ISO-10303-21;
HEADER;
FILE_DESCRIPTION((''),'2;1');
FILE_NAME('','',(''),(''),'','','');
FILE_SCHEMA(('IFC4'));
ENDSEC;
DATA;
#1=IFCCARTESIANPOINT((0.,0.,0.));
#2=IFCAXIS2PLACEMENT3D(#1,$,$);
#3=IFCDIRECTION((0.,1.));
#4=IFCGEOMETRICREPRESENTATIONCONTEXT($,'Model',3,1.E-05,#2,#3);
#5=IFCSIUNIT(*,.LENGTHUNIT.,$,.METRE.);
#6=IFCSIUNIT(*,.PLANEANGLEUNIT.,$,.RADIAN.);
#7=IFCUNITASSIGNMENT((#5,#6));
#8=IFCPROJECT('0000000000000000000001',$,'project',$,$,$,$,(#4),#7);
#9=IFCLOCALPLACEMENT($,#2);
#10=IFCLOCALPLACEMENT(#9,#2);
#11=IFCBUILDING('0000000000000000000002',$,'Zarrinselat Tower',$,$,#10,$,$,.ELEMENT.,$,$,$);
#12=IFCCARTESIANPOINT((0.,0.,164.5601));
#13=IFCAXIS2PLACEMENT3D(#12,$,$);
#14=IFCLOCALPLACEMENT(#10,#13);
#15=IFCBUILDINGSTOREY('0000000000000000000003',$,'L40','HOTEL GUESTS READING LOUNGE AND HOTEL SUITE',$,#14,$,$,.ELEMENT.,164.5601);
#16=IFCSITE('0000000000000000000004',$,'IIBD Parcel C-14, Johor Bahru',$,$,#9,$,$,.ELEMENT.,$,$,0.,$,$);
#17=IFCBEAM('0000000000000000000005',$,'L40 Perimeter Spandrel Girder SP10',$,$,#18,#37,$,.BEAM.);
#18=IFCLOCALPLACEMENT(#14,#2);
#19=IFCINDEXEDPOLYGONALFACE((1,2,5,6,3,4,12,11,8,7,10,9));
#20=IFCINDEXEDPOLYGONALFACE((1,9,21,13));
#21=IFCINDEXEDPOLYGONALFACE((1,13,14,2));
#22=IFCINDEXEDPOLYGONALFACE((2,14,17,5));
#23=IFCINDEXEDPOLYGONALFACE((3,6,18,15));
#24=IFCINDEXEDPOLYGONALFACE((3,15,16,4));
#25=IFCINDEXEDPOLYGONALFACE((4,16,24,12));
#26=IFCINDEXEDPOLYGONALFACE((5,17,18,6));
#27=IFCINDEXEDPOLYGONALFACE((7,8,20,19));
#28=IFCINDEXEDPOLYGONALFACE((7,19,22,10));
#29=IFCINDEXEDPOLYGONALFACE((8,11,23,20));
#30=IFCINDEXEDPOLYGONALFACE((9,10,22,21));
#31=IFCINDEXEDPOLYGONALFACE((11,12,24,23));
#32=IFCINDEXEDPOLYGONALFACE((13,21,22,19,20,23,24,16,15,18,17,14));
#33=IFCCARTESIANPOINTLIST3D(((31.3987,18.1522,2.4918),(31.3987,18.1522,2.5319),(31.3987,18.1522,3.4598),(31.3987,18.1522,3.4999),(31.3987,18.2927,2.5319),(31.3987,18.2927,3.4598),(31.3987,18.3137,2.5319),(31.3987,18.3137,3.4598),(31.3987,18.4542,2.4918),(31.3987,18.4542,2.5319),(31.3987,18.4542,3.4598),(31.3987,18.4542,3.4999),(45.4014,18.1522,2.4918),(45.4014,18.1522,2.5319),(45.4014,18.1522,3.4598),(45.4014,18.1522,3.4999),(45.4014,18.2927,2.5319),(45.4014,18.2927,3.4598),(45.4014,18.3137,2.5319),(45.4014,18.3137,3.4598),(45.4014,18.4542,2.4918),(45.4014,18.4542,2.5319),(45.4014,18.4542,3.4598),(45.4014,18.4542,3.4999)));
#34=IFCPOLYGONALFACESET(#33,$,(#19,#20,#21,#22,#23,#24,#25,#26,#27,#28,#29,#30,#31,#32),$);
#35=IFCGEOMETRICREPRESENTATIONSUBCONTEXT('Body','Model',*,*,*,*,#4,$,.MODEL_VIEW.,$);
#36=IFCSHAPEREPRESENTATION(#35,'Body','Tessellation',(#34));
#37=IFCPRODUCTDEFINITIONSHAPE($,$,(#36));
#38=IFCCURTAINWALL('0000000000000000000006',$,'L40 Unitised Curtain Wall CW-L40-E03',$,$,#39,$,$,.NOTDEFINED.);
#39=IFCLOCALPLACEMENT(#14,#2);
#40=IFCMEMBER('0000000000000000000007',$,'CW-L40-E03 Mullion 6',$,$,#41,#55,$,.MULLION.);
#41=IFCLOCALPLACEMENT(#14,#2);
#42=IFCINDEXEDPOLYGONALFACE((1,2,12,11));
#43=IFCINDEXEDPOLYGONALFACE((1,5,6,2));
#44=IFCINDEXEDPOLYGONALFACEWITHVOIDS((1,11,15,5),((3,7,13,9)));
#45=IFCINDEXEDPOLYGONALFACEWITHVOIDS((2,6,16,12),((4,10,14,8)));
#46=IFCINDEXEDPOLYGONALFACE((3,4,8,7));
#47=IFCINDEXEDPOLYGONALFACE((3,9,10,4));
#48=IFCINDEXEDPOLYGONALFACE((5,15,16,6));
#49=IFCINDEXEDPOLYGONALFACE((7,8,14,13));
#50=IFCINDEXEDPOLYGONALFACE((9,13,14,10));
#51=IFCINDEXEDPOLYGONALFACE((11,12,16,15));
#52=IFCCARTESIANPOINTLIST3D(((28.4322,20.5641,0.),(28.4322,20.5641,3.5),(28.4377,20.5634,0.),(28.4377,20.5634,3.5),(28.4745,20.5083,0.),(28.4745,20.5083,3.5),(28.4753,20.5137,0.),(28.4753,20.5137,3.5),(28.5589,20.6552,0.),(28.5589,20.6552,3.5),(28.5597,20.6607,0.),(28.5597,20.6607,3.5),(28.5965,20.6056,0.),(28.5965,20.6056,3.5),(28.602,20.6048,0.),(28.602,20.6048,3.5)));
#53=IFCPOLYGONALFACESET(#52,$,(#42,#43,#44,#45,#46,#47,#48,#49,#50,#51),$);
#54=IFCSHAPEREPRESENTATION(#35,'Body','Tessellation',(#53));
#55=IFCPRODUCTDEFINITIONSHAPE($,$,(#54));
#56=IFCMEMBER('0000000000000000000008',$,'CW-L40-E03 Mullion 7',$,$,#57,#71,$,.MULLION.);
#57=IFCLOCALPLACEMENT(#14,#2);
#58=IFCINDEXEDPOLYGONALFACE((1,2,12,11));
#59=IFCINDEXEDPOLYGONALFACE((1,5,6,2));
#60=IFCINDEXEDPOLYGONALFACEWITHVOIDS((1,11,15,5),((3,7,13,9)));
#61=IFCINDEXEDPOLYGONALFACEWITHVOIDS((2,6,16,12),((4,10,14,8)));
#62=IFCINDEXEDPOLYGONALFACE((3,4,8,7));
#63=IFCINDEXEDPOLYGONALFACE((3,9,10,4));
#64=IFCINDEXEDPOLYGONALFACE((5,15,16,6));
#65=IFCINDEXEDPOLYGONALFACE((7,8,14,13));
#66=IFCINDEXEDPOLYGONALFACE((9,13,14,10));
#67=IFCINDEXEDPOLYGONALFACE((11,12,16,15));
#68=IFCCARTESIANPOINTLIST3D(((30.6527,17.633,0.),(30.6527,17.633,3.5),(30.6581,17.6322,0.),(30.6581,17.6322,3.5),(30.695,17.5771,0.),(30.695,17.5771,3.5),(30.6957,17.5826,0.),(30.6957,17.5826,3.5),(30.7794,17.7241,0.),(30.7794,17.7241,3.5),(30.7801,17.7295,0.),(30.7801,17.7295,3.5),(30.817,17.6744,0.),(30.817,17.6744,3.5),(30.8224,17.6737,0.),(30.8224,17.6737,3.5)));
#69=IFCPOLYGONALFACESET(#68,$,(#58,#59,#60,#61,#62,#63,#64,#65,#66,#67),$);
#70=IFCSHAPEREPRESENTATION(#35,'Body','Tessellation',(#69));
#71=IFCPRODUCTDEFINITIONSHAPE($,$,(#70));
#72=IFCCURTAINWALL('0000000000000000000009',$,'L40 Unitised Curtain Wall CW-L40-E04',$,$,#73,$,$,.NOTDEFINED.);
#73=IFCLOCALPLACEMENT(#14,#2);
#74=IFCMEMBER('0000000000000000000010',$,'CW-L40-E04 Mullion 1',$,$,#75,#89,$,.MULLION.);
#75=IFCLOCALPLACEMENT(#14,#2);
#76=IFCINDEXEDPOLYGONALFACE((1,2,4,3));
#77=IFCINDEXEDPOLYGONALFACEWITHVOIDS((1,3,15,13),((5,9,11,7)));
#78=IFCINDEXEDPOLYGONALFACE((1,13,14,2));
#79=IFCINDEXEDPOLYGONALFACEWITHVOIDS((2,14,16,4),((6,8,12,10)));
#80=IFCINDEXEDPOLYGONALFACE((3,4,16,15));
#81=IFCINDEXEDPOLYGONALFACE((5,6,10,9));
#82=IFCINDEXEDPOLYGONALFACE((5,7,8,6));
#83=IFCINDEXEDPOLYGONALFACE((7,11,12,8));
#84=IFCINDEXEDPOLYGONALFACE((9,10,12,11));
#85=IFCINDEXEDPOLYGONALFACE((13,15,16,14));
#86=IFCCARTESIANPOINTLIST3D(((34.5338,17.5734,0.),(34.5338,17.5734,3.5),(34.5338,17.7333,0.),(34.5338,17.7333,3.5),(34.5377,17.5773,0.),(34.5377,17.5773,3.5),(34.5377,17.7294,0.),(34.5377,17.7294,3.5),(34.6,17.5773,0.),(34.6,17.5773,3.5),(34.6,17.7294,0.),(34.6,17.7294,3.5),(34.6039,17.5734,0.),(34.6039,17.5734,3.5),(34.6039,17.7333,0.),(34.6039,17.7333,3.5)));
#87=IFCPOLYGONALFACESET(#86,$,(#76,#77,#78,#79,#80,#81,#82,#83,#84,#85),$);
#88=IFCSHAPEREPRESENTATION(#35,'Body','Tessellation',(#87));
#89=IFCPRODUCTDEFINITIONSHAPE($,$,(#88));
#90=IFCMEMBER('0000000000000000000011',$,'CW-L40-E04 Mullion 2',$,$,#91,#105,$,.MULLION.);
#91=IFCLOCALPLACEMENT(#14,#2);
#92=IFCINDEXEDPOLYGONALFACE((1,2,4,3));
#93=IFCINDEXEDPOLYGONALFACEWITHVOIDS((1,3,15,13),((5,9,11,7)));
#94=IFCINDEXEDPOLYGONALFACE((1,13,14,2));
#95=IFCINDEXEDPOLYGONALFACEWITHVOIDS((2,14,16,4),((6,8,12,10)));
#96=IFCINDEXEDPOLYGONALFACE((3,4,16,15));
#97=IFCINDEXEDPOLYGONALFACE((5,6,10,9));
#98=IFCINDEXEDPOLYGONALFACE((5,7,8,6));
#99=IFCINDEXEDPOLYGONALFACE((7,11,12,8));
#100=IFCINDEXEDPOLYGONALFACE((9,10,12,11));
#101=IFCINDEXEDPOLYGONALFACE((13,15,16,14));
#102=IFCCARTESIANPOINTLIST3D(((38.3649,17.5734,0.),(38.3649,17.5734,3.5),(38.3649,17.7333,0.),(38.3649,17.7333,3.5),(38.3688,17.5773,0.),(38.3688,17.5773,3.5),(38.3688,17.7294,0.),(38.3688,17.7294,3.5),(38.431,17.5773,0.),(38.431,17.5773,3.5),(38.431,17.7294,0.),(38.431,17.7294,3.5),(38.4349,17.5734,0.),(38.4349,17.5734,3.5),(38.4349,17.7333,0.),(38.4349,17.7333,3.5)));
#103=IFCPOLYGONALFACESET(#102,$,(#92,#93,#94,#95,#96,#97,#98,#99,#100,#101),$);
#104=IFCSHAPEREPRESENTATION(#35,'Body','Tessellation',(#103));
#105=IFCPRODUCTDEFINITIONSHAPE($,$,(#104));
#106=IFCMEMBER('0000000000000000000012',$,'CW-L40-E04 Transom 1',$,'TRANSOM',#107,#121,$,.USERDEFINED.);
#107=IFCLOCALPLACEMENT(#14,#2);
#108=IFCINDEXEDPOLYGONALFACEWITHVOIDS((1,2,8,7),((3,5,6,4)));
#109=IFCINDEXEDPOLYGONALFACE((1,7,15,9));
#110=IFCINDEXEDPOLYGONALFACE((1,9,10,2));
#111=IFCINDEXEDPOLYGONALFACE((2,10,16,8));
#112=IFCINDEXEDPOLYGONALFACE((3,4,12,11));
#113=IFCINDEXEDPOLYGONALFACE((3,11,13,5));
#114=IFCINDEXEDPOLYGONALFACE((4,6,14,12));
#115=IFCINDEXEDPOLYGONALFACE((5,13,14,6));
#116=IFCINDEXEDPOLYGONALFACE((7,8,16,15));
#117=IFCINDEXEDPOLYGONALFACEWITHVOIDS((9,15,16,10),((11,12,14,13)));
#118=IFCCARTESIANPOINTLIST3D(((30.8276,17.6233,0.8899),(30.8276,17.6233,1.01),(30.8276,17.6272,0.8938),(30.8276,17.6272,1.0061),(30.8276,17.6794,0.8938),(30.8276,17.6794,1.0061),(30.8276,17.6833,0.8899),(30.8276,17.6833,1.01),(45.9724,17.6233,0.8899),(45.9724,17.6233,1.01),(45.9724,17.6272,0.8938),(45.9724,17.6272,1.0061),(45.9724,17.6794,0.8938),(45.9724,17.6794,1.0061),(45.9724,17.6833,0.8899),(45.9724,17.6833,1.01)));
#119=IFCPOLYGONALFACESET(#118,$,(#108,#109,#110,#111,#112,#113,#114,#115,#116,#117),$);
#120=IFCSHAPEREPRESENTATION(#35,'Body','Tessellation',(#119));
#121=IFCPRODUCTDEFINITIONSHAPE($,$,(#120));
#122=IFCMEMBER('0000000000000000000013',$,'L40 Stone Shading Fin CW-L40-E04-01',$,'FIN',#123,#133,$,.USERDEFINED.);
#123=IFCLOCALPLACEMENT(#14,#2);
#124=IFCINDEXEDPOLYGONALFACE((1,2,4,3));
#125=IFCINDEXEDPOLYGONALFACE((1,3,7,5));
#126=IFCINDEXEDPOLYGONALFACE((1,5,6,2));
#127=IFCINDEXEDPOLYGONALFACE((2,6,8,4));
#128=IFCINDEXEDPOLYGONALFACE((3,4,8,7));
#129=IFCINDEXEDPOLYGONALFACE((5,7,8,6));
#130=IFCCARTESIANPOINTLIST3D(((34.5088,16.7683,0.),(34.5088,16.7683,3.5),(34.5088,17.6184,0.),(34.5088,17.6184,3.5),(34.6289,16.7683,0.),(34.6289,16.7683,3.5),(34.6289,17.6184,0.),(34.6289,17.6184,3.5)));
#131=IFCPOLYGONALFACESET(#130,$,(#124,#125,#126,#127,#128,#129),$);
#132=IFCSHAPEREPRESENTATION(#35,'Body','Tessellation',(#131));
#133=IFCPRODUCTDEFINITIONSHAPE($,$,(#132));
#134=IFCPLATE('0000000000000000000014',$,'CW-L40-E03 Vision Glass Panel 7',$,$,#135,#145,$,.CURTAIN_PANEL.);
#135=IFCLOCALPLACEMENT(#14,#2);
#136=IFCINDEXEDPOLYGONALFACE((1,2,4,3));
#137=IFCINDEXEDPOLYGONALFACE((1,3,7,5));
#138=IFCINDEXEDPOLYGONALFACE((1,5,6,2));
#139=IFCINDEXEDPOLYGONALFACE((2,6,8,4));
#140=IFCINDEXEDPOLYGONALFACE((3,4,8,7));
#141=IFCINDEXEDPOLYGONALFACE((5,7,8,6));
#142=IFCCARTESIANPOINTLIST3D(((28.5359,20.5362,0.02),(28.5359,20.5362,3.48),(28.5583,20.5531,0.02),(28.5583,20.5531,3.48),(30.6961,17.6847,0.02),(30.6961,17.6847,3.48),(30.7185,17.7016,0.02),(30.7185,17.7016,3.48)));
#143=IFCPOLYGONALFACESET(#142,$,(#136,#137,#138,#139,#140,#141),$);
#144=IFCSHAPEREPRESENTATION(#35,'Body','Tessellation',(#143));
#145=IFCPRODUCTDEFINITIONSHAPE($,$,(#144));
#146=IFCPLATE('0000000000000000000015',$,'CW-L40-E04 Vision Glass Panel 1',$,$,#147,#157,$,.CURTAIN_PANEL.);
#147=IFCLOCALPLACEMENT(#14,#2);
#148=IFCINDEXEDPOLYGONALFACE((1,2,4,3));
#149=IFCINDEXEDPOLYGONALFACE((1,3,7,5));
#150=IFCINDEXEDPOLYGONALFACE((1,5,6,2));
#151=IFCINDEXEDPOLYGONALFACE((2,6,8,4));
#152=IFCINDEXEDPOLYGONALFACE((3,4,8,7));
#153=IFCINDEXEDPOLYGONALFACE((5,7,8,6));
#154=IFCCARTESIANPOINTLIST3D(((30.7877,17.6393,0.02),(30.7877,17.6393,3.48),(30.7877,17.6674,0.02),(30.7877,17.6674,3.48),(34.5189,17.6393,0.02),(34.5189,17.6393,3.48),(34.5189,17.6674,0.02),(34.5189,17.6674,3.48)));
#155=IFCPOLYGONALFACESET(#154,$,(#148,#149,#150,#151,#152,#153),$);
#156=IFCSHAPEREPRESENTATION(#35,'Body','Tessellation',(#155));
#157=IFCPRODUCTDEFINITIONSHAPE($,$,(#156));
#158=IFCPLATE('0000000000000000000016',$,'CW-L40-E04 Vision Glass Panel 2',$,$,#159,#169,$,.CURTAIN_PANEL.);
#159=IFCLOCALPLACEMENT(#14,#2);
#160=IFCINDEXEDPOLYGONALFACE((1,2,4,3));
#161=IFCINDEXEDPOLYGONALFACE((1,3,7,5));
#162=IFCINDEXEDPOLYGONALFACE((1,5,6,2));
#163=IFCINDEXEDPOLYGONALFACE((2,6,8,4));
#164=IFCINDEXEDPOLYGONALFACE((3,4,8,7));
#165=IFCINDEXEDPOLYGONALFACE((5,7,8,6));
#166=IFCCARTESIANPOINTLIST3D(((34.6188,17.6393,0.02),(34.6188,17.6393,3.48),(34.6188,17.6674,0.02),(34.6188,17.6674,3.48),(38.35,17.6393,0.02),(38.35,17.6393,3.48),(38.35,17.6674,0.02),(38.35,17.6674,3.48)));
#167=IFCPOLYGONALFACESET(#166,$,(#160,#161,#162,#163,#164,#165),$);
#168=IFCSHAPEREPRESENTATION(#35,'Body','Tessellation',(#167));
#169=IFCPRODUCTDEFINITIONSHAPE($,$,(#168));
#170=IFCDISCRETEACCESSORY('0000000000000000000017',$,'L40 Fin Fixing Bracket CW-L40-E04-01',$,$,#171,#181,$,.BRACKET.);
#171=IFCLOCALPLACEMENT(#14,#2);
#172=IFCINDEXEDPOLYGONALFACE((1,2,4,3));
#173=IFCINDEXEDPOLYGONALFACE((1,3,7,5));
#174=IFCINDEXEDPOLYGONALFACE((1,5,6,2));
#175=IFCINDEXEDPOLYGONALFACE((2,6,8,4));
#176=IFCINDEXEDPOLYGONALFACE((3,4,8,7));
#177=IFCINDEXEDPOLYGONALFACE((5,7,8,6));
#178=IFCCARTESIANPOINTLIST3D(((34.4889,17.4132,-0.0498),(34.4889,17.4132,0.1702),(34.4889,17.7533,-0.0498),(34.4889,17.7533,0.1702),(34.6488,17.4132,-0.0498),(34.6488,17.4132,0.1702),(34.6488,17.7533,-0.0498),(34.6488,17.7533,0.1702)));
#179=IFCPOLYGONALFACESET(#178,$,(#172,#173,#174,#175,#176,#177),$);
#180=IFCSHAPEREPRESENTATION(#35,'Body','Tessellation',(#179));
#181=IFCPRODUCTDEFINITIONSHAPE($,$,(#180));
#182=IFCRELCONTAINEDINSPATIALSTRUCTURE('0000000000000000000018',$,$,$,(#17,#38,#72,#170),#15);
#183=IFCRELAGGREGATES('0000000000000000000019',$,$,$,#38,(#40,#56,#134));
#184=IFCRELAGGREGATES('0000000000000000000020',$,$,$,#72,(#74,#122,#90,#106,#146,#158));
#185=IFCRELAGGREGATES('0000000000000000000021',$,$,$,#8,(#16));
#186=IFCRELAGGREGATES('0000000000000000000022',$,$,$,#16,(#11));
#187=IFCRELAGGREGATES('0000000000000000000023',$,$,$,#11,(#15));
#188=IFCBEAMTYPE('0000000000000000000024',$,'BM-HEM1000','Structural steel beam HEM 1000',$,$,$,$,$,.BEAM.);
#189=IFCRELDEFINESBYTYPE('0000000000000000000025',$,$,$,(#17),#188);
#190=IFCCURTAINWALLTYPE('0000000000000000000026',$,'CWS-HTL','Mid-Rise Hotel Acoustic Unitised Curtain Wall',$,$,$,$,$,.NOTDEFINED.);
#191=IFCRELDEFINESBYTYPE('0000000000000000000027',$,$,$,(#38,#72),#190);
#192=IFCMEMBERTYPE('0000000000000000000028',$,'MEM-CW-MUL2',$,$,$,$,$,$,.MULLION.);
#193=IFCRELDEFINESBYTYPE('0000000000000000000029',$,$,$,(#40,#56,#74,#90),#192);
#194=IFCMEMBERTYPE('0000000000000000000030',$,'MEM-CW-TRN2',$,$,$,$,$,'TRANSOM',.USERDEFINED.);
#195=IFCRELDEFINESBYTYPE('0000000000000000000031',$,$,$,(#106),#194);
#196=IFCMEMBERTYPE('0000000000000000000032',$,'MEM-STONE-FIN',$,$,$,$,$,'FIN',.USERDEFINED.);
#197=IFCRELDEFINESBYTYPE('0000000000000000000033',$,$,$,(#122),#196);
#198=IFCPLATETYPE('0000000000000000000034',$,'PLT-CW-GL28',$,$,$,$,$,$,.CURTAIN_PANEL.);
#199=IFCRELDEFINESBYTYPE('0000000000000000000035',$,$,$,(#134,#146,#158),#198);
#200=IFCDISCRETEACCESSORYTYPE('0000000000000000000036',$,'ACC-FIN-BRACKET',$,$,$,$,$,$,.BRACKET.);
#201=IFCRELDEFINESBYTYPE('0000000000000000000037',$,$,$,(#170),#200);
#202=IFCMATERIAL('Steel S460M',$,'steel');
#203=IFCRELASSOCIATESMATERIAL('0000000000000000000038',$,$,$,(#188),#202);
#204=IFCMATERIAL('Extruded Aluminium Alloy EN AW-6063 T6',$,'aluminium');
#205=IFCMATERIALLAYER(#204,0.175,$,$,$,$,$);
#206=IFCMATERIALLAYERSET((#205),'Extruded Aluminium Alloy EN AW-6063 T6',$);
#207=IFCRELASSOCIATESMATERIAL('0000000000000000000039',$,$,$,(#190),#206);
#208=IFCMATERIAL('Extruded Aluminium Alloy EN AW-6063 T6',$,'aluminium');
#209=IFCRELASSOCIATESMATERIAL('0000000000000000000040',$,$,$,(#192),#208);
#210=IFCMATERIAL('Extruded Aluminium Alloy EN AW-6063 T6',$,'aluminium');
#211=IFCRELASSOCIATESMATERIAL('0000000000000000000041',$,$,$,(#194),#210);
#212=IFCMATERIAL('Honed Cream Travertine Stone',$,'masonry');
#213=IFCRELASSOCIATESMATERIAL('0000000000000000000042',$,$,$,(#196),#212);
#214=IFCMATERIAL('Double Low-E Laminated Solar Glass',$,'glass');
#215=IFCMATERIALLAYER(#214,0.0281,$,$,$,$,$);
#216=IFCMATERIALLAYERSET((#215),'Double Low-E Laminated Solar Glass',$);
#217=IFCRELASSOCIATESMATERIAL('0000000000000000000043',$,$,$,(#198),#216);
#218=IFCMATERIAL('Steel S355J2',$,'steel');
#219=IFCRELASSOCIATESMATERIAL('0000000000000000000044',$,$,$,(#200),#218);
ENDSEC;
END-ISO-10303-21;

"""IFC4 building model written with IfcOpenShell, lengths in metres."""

from ifc_helpers import new_model, si_unit, direction, frame, origin, origin_2d, place, context, subcontext, project, spatial, rectangle, hollow_rectangle, i_section, extrude, material, layer, layer_set, material_profile, profile_set, type_object, element, aggregate, save


model = new_model("IFC4")

# Units and contexts
model_context = context("Model", 3, precision=1e-05, world=origin(), true_north=direction((0.0, 1.0)))
body_context = subcontext(model_context, "Body", "Model", "MODEL_VIEW")
ifc_project = project(units=[si_unit("LENGTHUNIT", "METRE"), si_unit("PLANEANGLEUNIT", "RADIAN")], contexts=[model_context])

# Site, building, storey
site_placement = place(None, origin())
site = spatial("IfcSite", under=ifc_project, at=site_placement, Name="IIBD Parcel C-14, Johor Bahru", CompositionType="ELEMENT", RefElevation=0.0)
building_placement = place(site_placement, origin())
building = spatial("IfcBuilding", under=site, at=building_placement, Name="Zarrinselat Tower", CompositionType="ELEMENT")
storey_placement = place(building_placement, frame((0.0, 0.0, 164.5601)))
storey = spatial("IfcBuildingStorey", under=building, at=storey_placement, Name="L40", Description="HOTEL GUESTS READING LOUNGE AND HOTEL SUITE", CompositionType="ELEMENT", Elevation=164.5601)

# Beam
ifc_material_1 = material(Name="Steel S460M", Category="steel")
ifc_material_profile_1 = material_profile(ifc_material_1, i_section(OverallWidth=0.302, OverallDepth=1.0081, WebThickness=0.021, FlangeThickness=0.04, at=origin_2d()), Name="HEM 1000")
ifc_profile_set_1 = profile_set([ifc_material_profile_1], Name="Steel S460M")
beam_type_1 = type_object("IfcBeamType", Name="BM-HEM1000", Description="Structural steel beam HEM 1000", PredefinedType="BEAM", material=ifc_profile_set_1)
beam_1_placement = place(storey_placement, frame((31.3987, 18.3032, 2.9958), z_axis=(1.0, 0.0, 0.0), x_axis=(0.0, 1.0, 0.0)))
element("IfcBeam", 1, at=beam_1_placement, inside=storey, type_object=beam_type_1, Name="L40 Perimeter Spandrel Girder SP10", PredefinedType="BEAM", context=body_context, shape_type="SweptSolid", body=[
    extrude(i_section(OverallWidth=0.302, OverallDepth=1.0081, WebThickness=0.021, FlangeThickness=0.04, at=origin_2d()), origin(), (0.0, 0.0, 1.0), 14.0027),
])

# Curtain walls, members
ifc_material_2 = material(Name="Extruded Aluminium Alloy EN AW-6063 T6", Category="aluminium")
ifc_layer_1 = layer(ifc_material_2, 0.175)
ifc_layer_set_1 = layer_set([ifc_layer_1], Name="Extruded Aluminium Alloy EN AW-6063 T6")
curtain_wall_type = type_object("IfcCurtainWallType", Name="CWS-HTL", Description="Mid-Rise Hotel Acoustic Unitised Curtain Wall", PredefinedType="NOTDEFINED", material=ifc_layer_set_1)
curtain_wall_1_placement = place(storey_placement, origin())
curtain_wall_1 = element("IfcCurtainWall", 2, at=curtain_wall_1_placement, inside=storey, type_object=curtain_wall_type, Name="L40 Unitised Curtain Wall CW-L40-E03", PredefinedType="NOTDEFINED")
ifc_material_3 = material(Name="Extruded Aluminium Alloy EN AW-6063 T6", Category="aluminium")
ifc_material_profile_2 = material_profile(ifc_material_3, hollow_rectangle(XDim=0.0701, YDim=0.1599, WallThickness=0.0039, at=origin_2d()), Name="RHS 160x70x4")
ifc_profile_set_2 = profile_set([ifc_material_profile_2], Name="Extruded Aluminium Alloy EN AW-6063 T6")
member_type_1 = type_object("IfcMemberType", Name="MEM-CW-MUL2", PredefinedType="MULLION", material=ifc_profile_set_2)
member_1_placement = place(storey_placement, frame((28.5171, 20.5845, 0.0), z_axis=(0.0, 0.0, 1.0), x_axis=(0.603858, -0.797092, 0.0)))
member_1 = element("IfcMember", 3, at=member_1_placement, type_object=member_type_1, Name="CW-L40-E03 Mullion 6", PredefinedType="MULLION", context=body_context, shape_type="SweptSolid", body=[
    extrude(hollow_rectangle(XDim=0.0701, YDim=0.1599, WallThickness=0.0039, at=origin_2d()), origin(), (0.0, 0.0, 1.0), 3.5),
])
member_2_placement = place(storey_placement, frame((30.7375, 17.6533, 0.0), z_axis=(0.0, 0.0, 1.0), x_axis=(0.603858, -0.797092, 0.0)))
member_2 = element("IfcMember", 4, at=member_2_placement, type_object=member_type_1, Name="CW-L40-E03 Mullion 7", PredefinedType="MULLION", context=body_context, shape_type="SweptSolid", body=[
    extrude(hollow_rectangle(XDim=0.0701, YDim=0.1599, WallThickness=0.0039, at=origin_2d()), origin(), (0.0, 0.0, 1.0), 3.5),
])
curtain_wall_2_placement = place(storey_placement, origin())
curtain_wall_2 = element("IfcCurtainWall", 5, at=curtain_wall_2_placement, inside=storey, type_object=curtain_wall_type, Name="L40 Unitised Curtain Wall CW-L40-E04", PredefinedType="NOTDEFINED")
member_3_placement = place(storey_placement, frame((34.5688, 17.6533, 0.0), z_axis=(0.0, 0.0, 1.0), x_axis=(1.0, 0.0, 0.0)))
member_3 = element("IfcMember", 6, at=member_3_placement, type_object=member_type_1, Name="CW-L40-E04 Mullion 1", PredefinedType="MULLION", context=body_context, shape_type="SweptSolid", body=[
    extrude(hollow_rectangle(XDim=0.0701, YDim=0.1599, WallThickness=0.0039, at=origin_2d()), origin(), (0.0, 0.0, 1.0), 3.5),
])
member_4_placement = place(storey_placement, frame((38.3999, 17.6533, 0.0), z_axis=(0.0, 0.0, 1.0), x_axis=(1.0, 0.0, 0.0)))
member_4 = element("IfcMember", 7, at=member_4_placement, type_object=member_type_1, Name="CW-L40-E04 Mullion 2", PredefinedType="MULLION", context=body_context, shape_type="SweptSolid", body=[
    extrude(hollow_rectangle(XDim=0.0701, YDim=0.1599, WallThickness=0.0039, at=origin_2d()), origin(), (0.0, 0.0, 1.0), 3.5),
])
ifc_material_4 = material(Name="Extruded Aluminium Alloy EN AW-6063 T6", Category="aluminium")
ifc_material_profile_3 = material_profile(ifc_material_4, hollow_rectangle(XDim=0.0601, YDim=0.1201, WallThickness=0.0039, at=origin_2d()), Name="RHS 120x60x4")
ifc_profile_set_3 = profile_set([ifc_material_profile_3], Name="Extruded Aluminium Alloy EN AW-6063 T6")
member_type_2 = type_object("IfcMemberType", Name="MEM-CW-TRN2", ElementType="TRANSOM", PredefinedType="USERDEFINED", material=ifc_profile_set_3)
member_5_placement = place(storey_placement, frame((30.8276, 17.6533, 0.95), z_axis=(1.0, 0.0, 0.0), x_axis=(0.0, 1.0, 0.0)))
member_5 = element("IfcMember", 8, at=member_5_placement, type_object=member_type_2, Name="CW-L40-E04 Transom 1", ObjectType="TRANSOM", PredefinedType="USERDEFINED", context=body_context, shape_type="SweptSolid", body=[
    extrude(hollow_rectangle(XDim=0.0601, YDim=0.1201, WallThickness=0.0039, at=origin_2d()), origin(), (0.0, 0.0, 1.0), 15.1448),
])
ifc_material_5 = material(Name="Honed Cream Travertine Stone", Category="masonry")
ifc_material_profile_4 = material_profile(ifc_material_5, rectangle(XDim=0.1201, YDim=0.8501, at=origin_2d()), Name="FIN 850x120")
ifc_profile_set_4 = profile_set([ifc_material_profile_4], Name="Honed Cream Travertine Stone")
member_type_3 = type_object("IfcMemberType", Name="MEM-STONE-FIN", ElementType="FIN", PredefinedType="USERDEFINED", material=ifc_profile_set_4)
member_6_placement = place(storey_placement, frame((34.5688, 17.1934, 0.0), z_axis=(0.0, 0.0, 1.0), x_axis=(-1.0, 0.0, 0.0)))
member_6 = element("IfcMember", 9, at=member_6_placement, type_object=member_type_3, Name="L40 Stone Shading Fin CW-L40-E04-01", ObjectType="FIN", PredefinedType="USERDEFINED", context=body_context, shape_type="SweptSolid", body=[
    extrude(rectangle(XDim=0.1201, YDim=0.8501, at=origin_2d()), origin(), (0.0, 0.0, 1.0), 3.5),
])

# Plates
ifc_material_6 = material(Name="Double Low-E Laminated Solar Glass", Category="glass")
ifc_layer_2 = layer(ifc_material_6, 0.0281)
ifc_layer_set_2 = layer_set([ifc_layer_2], Name="Double Low-E Laminated Solar Glass")
plate_type = type_object("IfcPlateType", Name="PLT-CW-GL28", PredefinedType="CURTAIN_PANEL", material=ifc_layer_set_2)
plate_1_placement = place(storey_placement, frame((29.6272, 19.1189, 0.02), z_axis=(0.0, 0.0, 1.0), x_axis=(0.603858, -0.797092, 0.0)))
plate_1 = element("IfcPlate", 10, at=plate_1_placement, type_object=plate_type, Name="CW-L40-E03 Vision Glass Panel 7", PredefinedType="CURTAIN_PANEL", context=body_context, shape_type="SweptSolid", body=[
    extrude(rectangle(XDim=3.5774, YDim=0.0281, at=origin_2d()), origin(), (0.0, 0.0, 1.0), 3.46),
])
aggregate(curtain_wall_1, [member_1, member_2, plate_1])
plate_2_placement = place(storey_placement, frame((32.6533, 17.6533, 0.02), z_axis=(0.0, 0.0, 1.0), x_axis=(1.0, 0.0, 0.0)))
plate_2 = element("IfcPlate", 11, at=plate_2_placement, type_object=plate_type, Name="CW-L40-E04 Vision Glass Panel 1", PredefinedType="CURTAIN_PANEL", context=body_context, shape_type="SweptSolid", body=[
    extrude(rectangle(XDim=3.7312, YDim=0.0281, at=origin_2d()), origin(), (0.0, 0.0, 1.0), 3.46),
])
plate_3_placement = place(storey_placement, frame((36.4844, 17.6533, 0.02), z_axis=(0.0, 0.0, 1.0), x_axis=(1.0, 0.0, 0.0)))
plate_3 = element("IfcPlate", 12, at=plate_3_placement, type_object=plate_type, Name="CW-L40-E04 Vision Glass Panel 2", PredefinedType="CURTAIN_PANEL", context=body_context, shape_type="SweptSolid", body=[
    extrude(rectangle(XDim=3.7312, YDim=0.0281, at=origin_2d()), origin(), (0.0, 0.0, 1.0), 3.46),
])
aggregate(curtain_wall_2, [member_3, member_6, member_4, member_5, plate_2, plate_3])

# Discrete accessory
ifc_material_7 = material(Name="Steel S355J2", Category="steel")
discrete_accessory_type = type_object("IfcDiscreteAccessoryType", Name="ACC-FIN-BRACKET", PredefinedType="BRACKET", material=ifc_material_7)
discrete_accessory_placement = place(storey_placement, frame((34.5688, 17.5833, -0.0498), z_axis=(0.0, 0.0, 1.0), x_axis=(0.0, -1.0, 0.0)))
element("IfcDiscreteAccessory", 13, at=discrete_accessory_placement, inside=storey, type_object=discrete_accessory_type, Name="L40 Fin Fixing Bracket CW-L40-E04-01", PredefinedType="BRACKET", context=body_context, shape_type="SweptSolid", body=[
    extrude(rectangle(XDim=0.3401, YDim=0.1599, at=origin_2d()), origin(), (0.0, 0.0, 1.0), 0.22),
])

save(model, "model.ifc")
